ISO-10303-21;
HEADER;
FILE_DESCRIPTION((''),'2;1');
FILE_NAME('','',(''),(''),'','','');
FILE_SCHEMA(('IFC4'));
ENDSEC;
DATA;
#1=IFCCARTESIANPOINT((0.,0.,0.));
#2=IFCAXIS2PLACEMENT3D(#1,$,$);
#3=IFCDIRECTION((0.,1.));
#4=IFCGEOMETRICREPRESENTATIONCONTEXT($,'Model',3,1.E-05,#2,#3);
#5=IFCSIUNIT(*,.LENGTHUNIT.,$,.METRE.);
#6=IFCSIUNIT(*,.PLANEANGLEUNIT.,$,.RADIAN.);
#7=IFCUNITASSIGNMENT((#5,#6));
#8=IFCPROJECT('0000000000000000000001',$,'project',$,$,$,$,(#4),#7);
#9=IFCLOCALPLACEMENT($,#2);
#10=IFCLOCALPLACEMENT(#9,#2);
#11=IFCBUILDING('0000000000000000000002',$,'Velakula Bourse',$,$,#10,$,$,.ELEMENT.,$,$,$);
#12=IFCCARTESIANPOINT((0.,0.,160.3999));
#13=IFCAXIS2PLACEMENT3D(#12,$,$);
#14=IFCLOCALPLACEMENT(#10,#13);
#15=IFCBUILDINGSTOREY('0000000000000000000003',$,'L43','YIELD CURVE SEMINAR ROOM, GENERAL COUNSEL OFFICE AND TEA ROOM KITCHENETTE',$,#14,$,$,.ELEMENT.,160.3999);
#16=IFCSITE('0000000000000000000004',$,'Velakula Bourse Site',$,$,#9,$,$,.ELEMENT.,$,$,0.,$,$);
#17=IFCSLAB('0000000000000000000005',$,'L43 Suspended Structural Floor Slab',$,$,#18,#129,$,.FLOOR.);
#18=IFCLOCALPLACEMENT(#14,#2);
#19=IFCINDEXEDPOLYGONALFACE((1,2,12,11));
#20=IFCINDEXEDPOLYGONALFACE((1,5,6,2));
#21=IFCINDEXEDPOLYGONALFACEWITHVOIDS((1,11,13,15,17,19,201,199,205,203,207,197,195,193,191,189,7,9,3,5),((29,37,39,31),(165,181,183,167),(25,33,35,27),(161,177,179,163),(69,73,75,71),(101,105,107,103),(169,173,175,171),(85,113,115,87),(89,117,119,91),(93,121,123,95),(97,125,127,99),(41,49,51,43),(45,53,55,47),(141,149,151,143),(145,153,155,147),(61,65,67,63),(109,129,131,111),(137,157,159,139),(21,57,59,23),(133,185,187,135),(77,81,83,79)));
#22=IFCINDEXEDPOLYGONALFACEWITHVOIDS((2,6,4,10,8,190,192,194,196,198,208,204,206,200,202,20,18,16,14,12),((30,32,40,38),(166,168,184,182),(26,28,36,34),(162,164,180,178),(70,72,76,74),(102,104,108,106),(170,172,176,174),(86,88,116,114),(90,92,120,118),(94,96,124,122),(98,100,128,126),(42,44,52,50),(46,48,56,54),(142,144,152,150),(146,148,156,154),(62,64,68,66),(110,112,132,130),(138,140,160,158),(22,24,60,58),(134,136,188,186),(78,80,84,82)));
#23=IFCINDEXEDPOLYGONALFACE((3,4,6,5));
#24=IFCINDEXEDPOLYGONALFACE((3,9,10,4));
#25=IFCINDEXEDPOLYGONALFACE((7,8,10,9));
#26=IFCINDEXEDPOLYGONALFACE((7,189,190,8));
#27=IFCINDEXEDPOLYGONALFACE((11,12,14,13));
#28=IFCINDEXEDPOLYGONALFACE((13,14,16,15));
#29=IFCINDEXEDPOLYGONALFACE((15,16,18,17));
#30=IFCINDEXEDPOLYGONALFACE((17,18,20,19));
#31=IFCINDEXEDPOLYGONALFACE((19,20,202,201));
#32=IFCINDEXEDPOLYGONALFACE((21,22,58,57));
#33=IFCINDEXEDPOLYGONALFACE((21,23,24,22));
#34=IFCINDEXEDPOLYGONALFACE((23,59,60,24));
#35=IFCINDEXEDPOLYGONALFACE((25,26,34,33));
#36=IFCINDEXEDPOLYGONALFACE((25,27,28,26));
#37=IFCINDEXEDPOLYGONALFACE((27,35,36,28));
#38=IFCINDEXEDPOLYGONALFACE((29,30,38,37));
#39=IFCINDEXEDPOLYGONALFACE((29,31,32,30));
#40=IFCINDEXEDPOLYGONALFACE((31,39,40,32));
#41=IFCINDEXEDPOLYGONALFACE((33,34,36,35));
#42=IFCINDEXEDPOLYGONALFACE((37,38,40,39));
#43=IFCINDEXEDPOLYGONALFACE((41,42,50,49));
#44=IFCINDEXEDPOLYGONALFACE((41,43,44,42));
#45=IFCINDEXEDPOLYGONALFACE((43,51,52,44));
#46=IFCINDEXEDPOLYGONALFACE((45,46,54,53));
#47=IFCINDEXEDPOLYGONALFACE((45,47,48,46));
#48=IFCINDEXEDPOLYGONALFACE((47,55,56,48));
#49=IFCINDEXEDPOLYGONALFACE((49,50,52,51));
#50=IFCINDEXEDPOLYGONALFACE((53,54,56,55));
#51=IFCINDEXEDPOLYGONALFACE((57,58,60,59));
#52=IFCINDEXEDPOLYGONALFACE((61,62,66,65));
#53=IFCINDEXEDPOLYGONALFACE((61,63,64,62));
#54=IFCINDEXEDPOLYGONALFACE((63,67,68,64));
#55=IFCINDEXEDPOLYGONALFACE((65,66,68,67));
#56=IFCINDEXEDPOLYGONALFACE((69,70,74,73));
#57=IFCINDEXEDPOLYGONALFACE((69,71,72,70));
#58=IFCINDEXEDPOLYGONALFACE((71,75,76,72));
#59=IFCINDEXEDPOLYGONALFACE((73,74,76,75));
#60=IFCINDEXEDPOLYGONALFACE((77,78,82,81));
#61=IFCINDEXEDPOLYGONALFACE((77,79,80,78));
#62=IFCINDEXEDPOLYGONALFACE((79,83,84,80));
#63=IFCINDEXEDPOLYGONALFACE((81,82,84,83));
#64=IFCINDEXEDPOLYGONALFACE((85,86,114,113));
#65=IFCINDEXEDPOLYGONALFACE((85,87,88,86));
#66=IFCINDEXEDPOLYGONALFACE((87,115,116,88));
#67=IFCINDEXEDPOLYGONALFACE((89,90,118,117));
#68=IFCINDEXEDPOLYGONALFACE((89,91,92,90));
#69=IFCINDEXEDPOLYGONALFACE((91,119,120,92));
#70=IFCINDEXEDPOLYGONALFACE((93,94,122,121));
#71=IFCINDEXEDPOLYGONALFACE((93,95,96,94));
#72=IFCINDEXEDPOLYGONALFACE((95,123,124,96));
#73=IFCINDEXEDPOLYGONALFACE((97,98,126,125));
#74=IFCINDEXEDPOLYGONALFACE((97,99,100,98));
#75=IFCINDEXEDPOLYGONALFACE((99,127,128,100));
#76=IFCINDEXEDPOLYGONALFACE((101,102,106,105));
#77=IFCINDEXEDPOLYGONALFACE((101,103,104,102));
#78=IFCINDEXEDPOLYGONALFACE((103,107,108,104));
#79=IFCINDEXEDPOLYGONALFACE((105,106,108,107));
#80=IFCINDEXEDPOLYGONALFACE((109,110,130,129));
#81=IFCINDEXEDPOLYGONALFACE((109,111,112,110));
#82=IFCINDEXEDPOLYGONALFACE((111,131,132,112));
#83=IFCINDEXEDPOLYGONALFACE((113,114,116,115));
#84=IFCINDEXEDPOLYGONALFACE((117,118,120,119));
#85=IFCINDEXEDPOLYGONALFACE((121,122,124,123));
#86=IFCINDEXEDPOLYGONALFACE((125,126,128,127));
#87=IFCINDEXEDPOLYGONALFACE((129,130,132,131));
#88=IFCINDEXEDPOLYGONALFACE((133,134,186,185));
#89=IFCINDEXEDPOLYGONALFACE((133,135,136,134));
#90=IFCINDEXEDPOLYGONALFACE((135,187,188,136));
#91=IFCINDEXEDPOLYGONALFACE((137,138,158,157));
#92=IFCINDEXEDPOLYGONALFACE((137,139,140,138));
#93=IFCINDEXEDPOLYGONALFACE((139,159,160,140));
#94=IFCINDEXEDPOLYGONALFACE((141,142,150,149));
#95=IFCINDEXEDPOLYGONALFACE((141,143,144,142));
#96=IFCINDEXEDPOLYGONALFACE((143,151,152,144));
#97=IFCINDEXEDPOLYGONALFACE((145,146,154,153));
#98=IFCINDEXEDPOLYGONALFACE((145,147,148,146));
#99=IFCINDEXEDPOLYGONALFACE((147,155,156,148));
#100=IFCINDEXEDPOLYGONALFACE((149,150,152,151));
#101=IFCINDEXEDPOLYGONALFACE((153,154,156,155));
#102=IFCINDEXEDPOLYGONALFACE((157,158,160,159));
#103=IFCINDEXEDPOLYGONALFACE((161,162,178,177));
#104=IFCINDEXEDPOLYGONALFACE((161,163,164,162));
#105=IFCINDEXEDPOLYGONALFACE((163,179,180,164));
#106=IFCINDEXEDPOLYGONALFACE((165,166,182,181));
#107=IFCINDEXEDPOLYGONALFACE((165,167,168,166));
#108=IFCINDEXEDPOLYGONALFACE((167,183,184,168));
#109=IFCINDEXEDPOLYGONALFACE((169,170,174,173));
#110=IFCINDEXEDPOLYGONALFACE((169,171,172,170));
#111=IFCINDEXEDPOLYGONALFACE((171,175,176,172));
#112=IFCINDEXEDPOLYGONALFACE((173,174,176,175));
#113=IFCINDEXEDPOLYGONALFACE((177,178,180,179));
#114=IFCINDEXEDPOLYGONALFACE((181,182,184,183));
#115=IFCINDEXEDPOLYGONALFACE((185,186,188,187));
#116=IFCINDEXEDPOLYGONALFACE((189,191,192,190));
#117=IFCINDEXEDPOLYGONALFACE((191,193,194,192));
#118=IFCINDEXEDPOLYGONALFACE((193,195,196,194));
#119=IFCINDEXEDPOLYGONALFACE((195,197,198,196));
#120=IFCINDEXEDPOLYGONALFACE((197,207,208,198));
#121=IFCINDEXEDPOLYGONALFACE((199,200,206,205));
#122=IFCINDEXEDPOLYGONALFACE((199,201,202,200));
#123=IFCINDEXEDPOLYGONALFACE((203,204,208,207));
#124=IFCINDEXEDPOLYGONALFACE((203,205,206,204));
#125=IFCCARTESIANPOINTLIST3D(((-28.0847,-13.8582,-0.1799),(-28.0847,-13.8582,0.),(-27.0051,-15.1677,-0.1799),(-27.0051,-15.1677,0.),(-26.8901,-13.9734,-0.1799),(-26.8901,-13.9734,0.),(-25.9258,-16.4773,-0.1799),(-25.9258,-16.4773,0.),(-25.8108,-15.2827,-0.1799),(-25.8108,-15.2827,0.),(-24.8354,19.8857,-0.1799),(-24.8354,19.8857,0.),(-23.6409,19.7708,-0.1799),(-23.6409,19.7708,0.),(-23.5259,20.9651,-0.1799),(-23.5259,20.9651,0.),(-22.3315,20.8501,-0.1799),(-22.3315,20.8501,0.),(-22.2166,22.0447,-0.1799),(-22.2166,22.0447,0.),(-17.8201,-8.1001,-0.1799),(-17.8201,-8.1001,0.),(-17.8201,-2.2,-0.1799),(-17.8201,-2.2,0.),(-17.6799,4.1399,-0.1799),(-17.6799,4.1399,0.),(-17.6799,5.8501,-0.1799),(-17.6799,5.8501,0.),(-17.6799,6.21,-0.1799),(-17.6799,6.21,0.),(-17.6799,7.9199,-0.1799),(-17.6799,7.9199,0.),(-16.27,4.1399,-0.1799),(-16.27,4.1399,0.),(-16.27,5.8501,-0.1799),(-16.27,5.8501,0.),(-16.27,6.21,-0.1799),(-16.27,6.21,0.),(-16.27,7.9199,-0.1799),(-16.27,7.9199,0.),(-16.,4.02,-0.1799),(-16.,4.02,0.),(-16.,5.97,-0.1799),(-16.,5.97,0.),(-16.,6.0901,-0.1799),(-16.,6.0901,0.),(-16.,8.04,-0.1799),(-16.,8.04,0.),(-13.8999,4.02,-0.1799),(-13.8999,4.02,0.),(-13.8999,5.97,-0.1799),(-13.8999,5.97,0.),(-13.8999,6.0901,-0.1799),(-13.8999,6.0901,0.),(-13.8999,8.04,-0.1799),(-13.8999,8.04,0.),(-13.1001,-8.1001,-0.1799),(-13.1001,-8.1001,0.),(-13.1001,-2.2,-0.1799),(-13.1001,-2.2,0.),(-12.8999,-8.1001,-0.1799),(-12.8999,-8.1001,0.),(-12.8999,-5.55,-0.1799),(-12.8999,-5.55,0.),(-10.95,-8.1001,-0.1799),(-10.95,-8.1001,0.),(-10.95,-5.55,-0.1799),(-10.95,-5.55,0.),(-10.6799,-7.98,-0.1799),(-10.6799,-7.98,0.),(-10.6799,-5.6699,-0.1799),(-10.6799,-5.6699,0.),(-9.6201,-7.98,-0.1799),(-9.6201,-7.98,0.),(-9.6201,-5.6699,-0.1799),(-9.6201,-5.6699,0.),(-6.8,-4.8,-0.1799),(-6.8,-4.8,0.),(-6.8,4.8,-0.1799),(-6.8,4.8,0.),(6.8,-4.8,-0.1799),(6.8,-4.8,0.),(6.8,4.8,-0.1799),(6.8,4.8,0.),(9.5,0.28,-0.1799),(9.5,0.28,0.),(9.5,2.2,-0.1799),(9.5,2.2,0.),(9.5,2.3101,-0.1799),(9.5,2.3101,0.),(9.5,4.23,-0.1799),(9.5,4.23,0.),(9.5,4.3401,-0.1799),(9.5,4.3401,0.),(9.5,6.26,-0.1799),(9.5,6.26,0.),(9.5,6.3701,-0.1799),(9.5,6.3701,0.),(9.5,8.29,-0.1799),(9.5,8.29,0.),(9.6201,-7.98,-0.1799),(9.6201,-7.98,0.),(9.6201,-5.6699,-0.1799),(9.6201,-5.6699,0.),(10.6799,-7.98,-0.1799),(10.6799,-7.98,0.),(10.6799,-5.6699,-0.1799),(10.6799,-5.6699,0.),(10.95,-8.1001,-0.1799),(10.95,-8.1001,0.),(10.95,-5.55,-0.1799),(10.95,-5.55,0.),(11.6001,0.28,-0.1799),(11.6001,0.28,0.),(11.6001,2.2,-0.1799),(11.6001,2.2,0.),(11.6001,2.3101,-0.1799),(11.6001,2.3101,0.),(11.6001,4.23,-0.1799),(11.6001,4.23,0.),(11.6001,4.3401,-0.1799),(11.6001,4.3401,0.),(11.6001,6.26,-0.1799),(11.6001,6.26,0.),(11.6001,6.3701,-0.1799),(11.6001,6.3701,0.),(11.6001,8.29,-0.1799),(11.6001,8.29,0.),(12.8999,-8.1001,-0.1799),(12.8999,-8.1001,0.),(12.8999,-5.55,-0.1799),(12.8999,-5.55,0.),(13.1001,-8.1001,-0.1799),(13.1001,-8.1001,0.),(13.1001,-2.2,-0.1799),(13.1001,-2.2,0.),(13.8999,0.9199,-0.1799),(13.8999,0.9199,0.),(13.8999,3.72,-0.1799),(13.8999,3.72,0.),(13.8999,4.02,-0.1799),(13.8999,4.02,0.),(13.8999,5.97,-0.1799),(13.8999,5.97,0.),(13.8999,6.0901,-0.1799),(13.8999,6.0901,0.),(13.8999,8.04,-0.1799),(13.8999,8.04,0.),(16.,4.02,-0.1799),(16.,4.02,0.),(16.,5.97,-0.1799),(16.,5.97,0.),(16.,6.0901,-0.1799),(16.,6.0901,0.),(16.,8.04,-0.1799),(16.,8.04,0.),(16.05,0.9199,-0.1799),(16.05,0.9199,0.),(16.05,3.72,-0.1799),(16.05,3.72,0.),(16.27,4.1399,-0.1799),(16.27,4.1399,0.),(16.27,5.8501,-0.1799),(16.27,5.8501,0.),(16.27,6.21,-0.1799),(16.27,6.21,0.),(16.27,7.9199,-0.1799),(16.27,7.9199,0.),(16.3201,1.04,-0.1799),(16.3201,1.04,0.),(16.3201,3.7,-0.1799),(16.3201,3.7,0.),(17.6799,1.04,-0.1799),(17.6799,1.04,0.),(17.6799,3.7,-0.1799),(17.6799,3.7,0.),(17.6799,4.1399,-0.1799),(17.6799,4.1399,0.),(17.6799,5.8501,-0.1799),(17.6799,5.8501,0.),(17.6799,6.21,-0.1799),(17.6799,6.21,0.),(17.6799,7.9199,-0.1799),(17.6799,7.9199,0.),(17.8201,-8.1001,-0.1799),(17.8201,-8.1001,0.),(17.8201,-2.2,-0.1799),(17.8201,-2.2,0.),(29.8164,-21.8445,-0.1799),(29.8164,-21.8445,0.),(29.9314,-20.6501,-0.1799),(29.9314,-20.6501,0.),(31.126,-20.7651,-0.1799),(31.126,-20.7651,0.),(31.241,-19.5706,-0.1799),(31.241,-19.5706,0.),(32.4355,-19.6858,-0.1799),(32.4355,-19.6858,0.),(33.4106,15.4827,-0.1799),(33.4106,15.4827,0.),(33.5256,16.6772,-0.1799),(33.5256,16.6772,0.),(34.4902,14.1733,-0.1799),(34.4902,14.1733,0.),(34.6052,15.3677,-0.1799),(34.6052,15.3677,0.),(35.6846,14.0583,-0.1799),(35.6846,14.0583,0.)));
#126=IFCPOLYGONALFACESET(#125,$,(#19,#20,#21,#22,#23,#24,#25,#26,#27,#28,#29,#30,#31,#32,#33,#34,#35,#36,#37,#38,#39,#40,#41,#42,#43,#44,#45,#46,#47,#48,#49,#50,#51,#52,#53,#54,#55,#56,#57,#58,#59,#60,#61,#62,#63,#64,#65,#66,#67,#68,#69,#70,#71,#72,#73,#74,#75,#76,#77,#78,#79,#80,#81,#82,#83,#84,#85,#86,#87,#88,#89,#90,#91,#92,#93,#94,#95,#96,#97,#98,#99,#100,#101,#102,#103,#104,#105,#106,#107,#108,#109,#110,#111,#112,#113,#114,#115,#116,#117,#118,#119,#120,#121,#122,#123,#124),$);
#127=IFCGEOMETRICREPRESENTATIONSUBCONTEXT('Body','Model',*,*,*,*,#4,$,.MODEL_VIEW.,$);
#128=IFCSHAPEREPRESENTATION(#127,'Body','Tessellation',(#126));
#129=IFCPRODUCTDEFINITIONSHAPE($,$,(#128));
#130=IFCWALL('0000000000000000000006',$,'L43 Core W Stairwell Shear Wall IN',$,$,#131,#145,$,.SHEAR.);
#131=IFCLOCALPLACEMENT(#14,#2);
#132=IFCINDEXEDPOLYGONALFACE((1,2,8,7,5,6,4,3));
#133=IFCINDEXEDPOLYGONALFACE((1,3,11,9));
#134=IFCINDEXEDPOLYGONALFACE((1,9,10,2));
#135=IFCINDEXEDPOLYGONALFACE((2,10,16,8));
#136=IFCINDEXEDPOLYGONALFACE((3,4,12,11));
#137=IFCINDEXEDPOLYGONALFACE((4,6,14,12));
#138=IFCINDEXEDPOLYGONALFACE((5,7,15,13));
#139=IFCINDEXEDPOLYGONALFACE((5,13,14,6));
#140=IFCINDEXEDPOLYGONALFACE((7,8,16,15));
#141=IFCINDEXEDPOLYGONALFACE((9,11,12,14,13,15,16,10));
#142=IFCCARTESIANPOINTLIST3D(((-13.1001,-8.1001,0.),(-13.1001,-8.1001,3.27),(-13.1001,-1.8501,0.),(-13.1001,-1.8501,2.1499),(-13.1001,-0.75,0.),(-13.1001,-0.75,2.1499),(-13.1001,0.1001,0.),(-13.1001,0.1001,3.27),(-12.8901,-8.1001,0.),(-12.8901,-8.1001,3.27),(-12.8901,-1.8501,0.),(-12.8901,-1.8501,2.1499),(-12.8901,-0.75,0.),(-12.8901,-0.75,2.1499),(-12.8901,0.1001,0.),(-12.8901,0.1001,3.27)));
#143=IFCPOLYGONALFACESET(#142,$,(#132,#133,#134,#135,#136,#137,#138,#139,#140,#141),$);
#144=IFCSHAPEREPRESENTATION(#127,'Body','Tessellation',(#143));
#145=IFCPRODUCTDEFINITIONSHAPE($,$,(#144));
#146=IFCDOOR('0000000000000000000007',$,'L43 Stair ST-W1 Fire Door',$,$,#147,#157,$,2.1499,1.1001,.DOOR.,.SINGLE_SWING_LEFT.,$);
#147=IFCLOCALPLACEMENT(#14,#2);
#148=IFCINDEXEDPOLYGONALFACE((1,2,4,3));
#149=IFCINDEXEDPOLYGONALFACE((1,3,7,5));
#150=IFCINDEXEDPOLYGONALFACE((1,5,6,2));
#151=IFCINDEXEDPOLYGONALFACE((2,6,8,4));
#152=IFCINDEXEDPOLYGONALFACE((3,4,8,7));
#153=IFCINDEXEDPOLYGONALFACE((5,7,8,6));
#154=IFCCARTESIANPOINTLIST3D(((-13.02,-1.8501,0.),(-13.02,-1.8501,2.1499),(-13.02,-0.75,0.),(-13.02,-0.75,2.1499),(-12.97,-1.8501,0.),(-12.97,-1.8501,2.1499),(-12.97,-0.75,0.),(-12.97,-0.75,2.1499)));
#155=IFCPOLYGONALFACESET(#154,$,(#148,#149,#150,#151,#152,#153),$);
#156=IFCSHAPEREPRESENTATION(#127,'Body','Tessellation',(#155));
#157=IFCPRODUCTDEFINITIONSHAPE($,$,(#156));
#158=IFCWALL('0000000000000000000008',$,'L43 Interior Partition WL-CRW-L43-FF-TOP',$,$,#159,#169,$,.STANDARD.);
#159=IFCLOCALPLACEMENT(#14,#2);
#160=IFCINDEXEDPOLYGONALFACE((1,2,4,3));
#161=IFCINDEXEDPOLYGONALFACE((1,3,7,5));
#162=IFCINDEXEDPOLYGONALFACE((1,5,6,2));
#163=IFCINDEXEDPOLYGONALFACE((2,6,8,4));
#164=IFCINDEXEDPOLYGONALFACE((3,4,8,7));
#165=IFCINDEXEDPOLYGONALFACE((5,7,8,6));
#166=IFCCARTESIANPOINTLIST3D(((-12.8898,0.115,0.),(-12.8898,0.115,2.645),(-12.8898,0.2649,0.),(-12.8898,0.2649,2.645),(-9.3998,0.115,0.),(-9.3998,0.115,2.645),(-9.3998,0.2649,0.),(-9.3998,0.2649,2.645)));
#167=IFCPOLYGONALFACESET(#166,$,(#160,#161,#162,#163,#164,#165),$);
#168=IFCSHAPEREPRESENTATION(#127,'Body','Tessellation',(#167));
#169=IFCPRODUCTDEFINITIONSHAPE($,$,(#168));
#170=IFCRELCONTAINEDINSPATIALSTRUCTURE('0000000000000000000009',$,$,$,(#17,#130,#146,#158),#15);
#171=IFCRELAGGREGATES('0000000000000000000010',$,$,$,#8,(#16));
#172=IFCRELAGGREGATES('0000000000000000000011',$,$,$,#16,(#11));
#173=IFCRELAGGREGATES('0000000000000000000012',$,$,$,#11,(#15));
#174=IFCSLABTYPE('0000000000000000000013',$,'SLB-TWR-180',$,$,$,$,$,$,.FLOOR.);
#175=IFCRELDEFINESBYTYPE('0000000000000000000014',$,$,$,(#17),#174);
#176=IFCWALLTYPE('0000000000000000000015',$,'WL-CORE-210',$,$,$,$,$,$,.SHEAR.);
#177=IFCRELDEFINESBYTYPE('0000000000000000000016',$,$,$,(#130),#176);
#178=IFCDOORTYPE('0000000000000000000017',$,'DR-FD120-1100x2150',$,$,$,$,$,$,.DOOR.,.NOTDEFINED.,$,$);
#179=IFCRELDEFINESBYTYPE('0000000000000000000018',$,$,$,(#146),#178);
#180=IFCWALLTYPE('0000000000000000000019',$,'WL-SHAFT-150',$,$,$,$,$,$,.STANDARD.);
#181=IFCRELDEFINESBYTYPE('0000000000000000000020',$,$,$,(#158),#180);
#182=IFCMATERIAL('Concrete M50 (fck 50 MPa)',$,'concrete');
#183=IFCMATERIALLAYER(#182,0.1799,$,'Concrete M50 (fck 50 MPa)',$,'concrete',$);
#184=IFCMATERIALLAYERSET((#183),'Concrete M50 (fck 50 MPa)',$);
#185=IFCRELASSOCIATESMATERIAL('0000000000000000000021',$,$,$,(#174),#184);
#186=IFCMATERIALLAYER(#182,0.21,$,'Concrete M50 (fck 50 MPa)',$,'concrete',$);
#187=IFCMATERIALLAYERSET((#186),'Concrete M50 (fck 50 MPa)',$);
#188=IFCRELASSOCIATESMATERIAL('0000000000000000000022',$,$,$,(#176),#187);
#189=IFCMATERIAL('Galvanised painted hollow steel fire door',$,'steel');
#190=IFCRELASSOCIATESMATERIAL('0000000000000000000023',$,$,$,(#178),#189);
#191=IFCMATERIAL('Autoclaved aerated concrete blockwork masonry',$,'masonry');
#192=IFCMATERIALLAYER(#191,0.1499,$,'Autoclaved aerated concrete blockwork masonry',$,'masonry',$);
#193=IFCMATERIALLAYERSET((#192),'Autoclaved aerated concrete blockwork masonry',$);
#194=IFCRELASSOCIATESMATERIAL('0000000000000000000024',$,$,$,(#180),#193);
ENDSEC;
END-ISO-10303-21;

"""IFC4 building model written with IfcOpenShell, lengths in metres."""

from ifc_helpers import new_model, si_unit, direction, frame, frame_2d, origin, place, context, subcontext, project, spatial, polyline, rectangle, outline, extrude, material, layer, layer_set, type_object, element, fill, save


model = new_model("IFC4")

# Units and contexts
model_context = context("Model", 3, precision=1e-05, world=origin(), true_north=direction((0.0, 1.0)))
body_context = subcontext(model_context, "Body", "Model", "MODEL_VIEW")
ifc_project = project(units=[si_unit("LENGTHUNIT", "METRE"), si_unit("PLANEANGLEUNIT", "RADIAN")], contexts=[model_context])

# Site, building, storey
site_placement = place(None, origin())
site = spatial("IfcSite", under=ifc_project, at=site_placement, Name="Velakula Bourse Site", CompositionType="ELEMENT", RefElevation=0.0)
building_placement = place(site_placement, origin())
building = spatial("IfcBuilding", under=site, at=building_placement, Name="Velakula Bourse", CompositionType="ELEMENT")
storey_placement = place(building_placement, frame((0.0, 0.0, 160.3999)))
storey = spatial("IfcBuildingStorey", under=building, at=storey_placement, Name="L43", Description="YIELD CURVE SEMINAR ROOM, GENERAL COUNSEL OFFICE AND TEA ROOM KITCHENETTE", CompositionType="ELEMENT", Elevation=160.3999)

# Slab
ifc_material_1 = material(Name="Concrete M50 (fck 50 MPa)", Category="concrete")
ifc_layer_1 = layer(ifc_material_1, 0.1799, Name="Concrete M50 (fck 50 MPa)", Category="concrete")
ifc_layer_set_1 = layer_set([ifc_layer_1], Name="Concrete M50 (fck 50 MPa)")
slab_type_1 = type_object("IfcSlabType", Name="SLB-TWR-180", PredefinedType="FLOOR", material=ifc_layer_set_1)
slab_1_placement = place(storey_placement, frame((0.0, 0.0, -0.1799)))
element("IfcSlab", 1, at=slab_1_placement, inside=storey, type_object=slab_type_1, Name="L43 Suspended Structural Floor Slab", PredefinedType="FLOOR", context=body_context, shape_type="SweptSolid", body=[
    extrude(outline(polyline([(-25.9258, -16.4773), (29.8164, -21.8445), (29.9314, -20.6501), (31.126, -20.7651), (31.241, -19.5706), (32.4355, -19.6858), (35.6846, 14.0583), (34.4902, 14.1733), (34.6052, 15.3677), (33.4106, 15.4827), (33.5256, 16.6772), (-22.2166, 22.0447), (-22.3315, 20.8501), (-23.5259, 20.9651), (-23.6409, 19.7708), (-24.8354, 19.8857), (-28.0847, -13.8582), (-26.8901, -13.9734), (-27.0051, -15.1677), (-25.8108, -15.2827), (-25.9258, -16.4773)]), holes=[polyline([(-17.8201, -8.1001), (-13.1001, -8.1001), (-13.1001, -2.2), (-17.8201, -2.2), (-17.8201, -8.1001)]), polyline([(13.1001, -8.1001), (17.8201, -8.1001), (17.8201, -2.2), (13.1001, -2.2), (13.1001, -8.1001)]), polyline([(-12.8999, -8.1001), (-10.95, -8.1001), (-10.95, -5.55), (-12.8999, -5.55), (-12.8999, -8.1001)]), polyline([(10.95, -8.1001), (12.8999, -8.1001), (12.8999, -5.55), (10.95, -5.55), (10.95, -8.1001)]), polyline([(13.8999, 0.9199), (16.05, 0.9199), (16.05, 3.72), (13.8999, 3.72), (13.8999, 0.9199)]), polyline([(-10.6799, -7.98), (-9.6201, -7.98), (-9.6201, -5.6699), (-10.6799, -5.6699), (-10.6799, -7.98)]), polyline([(-17.6799, 4.1399), (-16.27, 4.1399), (-16.27, 5.8501), (-17.6799, 5.8501), (-17.6799, 4.1399)]), polyline([(-17.6799, 6.21), (-16.27, 6.21), (-16.27, 7.9199), (-17.6799, 7.9199), (-17.6799, 6.21)]), polyline([(9.6201, -7.98), (10.6799, -7.98), (10.6799, -5.6699), (9.6201, -5.6699), (9.6201, -7.98)]), polyline([(16.27, 4.1399), (17.6799, 4.1399), (17.6799, 5.8501), (16.27, 5.8501), (16.27, 4.1399)]), polyline([(16.27, 6.21), (17.6799, 6.21), (17.6799, 7.9199), (16.27, 7.9199), (16.27, 6.21)]), polyline([(16.3201, 1.04), (17.6799, 1.04), (17.6799, 3.7), (16.3201, 3.7), (16.3201, 1.04)]), polyline([(9.5, 0.28), (11.6001, 0.28), (11.6001, 2.2), (9.5, 2.2), (9.5, 0.28)]), polyline([(9.5, 2.3101), (11.6001, 2.3101), (11.6001, 4.23), (9.5, 4.23), (9.5, 2.3101)]), polyline([(9.5, 4.3401), (11.6001, 4.3401), (11.6001, 6.26), (9.5, 6.26), (9.5, 4.3401)]), polyline([(9.5, 6.3701), (11.6001, 6.3701), (11.6001, 8.29), (9.5, 8.29), (9.5, 6.3701)]), polyline([(-16.0, 4.02), (-13.8999, 4.02), (-13.8999, 5.97), (-16.0, 5.97), (-16.0, 4.02)]), polyline([(-16.0, 6.0901), (-13.8999, 6.0901), (-13.8999, 8.04), (-16.0, 8.04), (-16.0, 6.0901)]), polyline([(13.8999, 4.02), (16.0, 4.02), (16.0, 5.97), (13.8999, 5.97), (13.8999, 4.02)]), polyline([(13.8999, 6.0901), (16.0, 6.0901), (16.0, 8.04), (13.8999, 8.04), (13.8999, 6.0901)]), polyline([(-6.8, -4.8), (6.8, -4.8), (6.8, 4.8), (-6.8, 4.8), (-6.8, -4.8)])]), origin(), (0.0, 0.0, 1.0), 0.1799),
])

# Wall, opening, door
ifc_layer_2 = layer(ifc_material_1, 0.21, Name="Concrete M50 (fck 50 MPa)", Category="concrete")
ifc_layer_set_2 = layer_set([ifc_layer_2], Name="Concrete M50 (fck 50 MPa)")
wall_type_1 = type_object("IfcWallType", Name="WL-CORE-210", PredefinedType="SHEAR", material=ifc_layer_set_2)
wall_1_placement = place(storey_placement, frame((-12.9951, -8.1001, 0.0), z_axis=(0.0, 0.0, 1.0), x_axis=(0.0, 1.0, 0.0)))
wall_1 = element("IfcWall", 2, at=wall_1_placement, inside=storey, type_object=wall_type_1, Name="L43 Core W Stairwell Shear Wall IN", PredefinedType="SHEAR", context=body_context, shape_type="SweptSolid", body=[
    extrude(rectangle(XDim=8.2002, YDim=0.21, at=frame_2d((4.1001, 0.0))), origin(), (0.0, 0.0, 1.0), 3.27),
])
opening_1_placement = place(wall_1_placement, frame((6.25, 0.0, 0.0)))
opening_1 = element("IfcOpeningElement", 3, at=opening_1_placement, cuts=wall_1, PredefinedType="OPENING", context=body_context, shape_type="SweptSolid", body=[
    extrude(rectangle(XDim=1.1001, YDim=2.1499, at=frame_2d((0.55, 1.075))), frame((0.0, 0.115, 0.0), z_axis=(0.0, -1.0, 0.0), x_axis=(1.0, 0.0, 0.0)), (0.0, 0.0, 1.0), 0.23),
])
ifc_material_2 = material(Name="Galvanised painted hollow steel fire door", Category="steel")
door_type_1 = type_object("IfcDoorType", Name="DR-FD120-1100x2150", OperationType="NOTDEFINED", PredefinedType="DOOR", material=ifc_material_2)
door_1_placement = place(opening_1_placement, origin())
door_1 = element("IfcDoor", 4, at=door_1_placement, inside=storey, type_object=door_type_1, Name="L43 Stair ST-W1 Fire Door", OperationType="SINGLE_SWING_LEFT", OverallHeight=2.1499, OverallWidth=1.1001, PredefinedType="DOOR", context=body_context, shape_type="SweptSolid", body=[
    extrude(rectangle(XDim=1.1001, YDim=2.1499, at=frame_2d((0.55, 1.075))), frame((0.0, 0.0249, 0.0), z_axis=(0.0, -1.0, 0.0), x_axis=(1.0, 0.0, 0.0)), (0.0, 0.0, 1.0), 0.05),
])
fill(opening_1, door_1)

# Shared definitions
ifc_material_3 = material(Name="Autoclaved aerated concrete blockwork masonry", Category="masonry")
ifc_layer_3 = layer(ifc_material_3, 0.1499, Name="Autoclaved aerated concrete blockwork masonry", Category="masonry")
ifc_layer_set_3 = layer_set([ifc_layer_3], Name="Autoclaved aerated concrete blockwork masonry")
wall_type_2 = type_object("IfcWallType", Name="WL-SHAFT-150", PredefinedType="STANDARD", material=ifc_layer_set_3)

# Wall
wall_2_placement = place(storey_placement, frame((-12.8899, 0.1899, 0.0), z_axis=(0.0, 0.0, 1.0), x_axis=(1.0, 0.0, 0.0)))
element("IfcWall", 5, at=wall_2_placement, inside=storey, type_object=wall_type_2, Name="L43 Interior Partition WL-CRW-L43-FF-TOP", PredefinedType="STANDARD", context=body_context, shape_type="SweptSolid", body=[
    extrude(rectangle(XDim=3.49, YDim=0.1499, at=frame_2d((1.7451, 0.0))), origin(), (0.0, 0.0, 1.0), 2.645),
])

save(model, "model.ifc")
